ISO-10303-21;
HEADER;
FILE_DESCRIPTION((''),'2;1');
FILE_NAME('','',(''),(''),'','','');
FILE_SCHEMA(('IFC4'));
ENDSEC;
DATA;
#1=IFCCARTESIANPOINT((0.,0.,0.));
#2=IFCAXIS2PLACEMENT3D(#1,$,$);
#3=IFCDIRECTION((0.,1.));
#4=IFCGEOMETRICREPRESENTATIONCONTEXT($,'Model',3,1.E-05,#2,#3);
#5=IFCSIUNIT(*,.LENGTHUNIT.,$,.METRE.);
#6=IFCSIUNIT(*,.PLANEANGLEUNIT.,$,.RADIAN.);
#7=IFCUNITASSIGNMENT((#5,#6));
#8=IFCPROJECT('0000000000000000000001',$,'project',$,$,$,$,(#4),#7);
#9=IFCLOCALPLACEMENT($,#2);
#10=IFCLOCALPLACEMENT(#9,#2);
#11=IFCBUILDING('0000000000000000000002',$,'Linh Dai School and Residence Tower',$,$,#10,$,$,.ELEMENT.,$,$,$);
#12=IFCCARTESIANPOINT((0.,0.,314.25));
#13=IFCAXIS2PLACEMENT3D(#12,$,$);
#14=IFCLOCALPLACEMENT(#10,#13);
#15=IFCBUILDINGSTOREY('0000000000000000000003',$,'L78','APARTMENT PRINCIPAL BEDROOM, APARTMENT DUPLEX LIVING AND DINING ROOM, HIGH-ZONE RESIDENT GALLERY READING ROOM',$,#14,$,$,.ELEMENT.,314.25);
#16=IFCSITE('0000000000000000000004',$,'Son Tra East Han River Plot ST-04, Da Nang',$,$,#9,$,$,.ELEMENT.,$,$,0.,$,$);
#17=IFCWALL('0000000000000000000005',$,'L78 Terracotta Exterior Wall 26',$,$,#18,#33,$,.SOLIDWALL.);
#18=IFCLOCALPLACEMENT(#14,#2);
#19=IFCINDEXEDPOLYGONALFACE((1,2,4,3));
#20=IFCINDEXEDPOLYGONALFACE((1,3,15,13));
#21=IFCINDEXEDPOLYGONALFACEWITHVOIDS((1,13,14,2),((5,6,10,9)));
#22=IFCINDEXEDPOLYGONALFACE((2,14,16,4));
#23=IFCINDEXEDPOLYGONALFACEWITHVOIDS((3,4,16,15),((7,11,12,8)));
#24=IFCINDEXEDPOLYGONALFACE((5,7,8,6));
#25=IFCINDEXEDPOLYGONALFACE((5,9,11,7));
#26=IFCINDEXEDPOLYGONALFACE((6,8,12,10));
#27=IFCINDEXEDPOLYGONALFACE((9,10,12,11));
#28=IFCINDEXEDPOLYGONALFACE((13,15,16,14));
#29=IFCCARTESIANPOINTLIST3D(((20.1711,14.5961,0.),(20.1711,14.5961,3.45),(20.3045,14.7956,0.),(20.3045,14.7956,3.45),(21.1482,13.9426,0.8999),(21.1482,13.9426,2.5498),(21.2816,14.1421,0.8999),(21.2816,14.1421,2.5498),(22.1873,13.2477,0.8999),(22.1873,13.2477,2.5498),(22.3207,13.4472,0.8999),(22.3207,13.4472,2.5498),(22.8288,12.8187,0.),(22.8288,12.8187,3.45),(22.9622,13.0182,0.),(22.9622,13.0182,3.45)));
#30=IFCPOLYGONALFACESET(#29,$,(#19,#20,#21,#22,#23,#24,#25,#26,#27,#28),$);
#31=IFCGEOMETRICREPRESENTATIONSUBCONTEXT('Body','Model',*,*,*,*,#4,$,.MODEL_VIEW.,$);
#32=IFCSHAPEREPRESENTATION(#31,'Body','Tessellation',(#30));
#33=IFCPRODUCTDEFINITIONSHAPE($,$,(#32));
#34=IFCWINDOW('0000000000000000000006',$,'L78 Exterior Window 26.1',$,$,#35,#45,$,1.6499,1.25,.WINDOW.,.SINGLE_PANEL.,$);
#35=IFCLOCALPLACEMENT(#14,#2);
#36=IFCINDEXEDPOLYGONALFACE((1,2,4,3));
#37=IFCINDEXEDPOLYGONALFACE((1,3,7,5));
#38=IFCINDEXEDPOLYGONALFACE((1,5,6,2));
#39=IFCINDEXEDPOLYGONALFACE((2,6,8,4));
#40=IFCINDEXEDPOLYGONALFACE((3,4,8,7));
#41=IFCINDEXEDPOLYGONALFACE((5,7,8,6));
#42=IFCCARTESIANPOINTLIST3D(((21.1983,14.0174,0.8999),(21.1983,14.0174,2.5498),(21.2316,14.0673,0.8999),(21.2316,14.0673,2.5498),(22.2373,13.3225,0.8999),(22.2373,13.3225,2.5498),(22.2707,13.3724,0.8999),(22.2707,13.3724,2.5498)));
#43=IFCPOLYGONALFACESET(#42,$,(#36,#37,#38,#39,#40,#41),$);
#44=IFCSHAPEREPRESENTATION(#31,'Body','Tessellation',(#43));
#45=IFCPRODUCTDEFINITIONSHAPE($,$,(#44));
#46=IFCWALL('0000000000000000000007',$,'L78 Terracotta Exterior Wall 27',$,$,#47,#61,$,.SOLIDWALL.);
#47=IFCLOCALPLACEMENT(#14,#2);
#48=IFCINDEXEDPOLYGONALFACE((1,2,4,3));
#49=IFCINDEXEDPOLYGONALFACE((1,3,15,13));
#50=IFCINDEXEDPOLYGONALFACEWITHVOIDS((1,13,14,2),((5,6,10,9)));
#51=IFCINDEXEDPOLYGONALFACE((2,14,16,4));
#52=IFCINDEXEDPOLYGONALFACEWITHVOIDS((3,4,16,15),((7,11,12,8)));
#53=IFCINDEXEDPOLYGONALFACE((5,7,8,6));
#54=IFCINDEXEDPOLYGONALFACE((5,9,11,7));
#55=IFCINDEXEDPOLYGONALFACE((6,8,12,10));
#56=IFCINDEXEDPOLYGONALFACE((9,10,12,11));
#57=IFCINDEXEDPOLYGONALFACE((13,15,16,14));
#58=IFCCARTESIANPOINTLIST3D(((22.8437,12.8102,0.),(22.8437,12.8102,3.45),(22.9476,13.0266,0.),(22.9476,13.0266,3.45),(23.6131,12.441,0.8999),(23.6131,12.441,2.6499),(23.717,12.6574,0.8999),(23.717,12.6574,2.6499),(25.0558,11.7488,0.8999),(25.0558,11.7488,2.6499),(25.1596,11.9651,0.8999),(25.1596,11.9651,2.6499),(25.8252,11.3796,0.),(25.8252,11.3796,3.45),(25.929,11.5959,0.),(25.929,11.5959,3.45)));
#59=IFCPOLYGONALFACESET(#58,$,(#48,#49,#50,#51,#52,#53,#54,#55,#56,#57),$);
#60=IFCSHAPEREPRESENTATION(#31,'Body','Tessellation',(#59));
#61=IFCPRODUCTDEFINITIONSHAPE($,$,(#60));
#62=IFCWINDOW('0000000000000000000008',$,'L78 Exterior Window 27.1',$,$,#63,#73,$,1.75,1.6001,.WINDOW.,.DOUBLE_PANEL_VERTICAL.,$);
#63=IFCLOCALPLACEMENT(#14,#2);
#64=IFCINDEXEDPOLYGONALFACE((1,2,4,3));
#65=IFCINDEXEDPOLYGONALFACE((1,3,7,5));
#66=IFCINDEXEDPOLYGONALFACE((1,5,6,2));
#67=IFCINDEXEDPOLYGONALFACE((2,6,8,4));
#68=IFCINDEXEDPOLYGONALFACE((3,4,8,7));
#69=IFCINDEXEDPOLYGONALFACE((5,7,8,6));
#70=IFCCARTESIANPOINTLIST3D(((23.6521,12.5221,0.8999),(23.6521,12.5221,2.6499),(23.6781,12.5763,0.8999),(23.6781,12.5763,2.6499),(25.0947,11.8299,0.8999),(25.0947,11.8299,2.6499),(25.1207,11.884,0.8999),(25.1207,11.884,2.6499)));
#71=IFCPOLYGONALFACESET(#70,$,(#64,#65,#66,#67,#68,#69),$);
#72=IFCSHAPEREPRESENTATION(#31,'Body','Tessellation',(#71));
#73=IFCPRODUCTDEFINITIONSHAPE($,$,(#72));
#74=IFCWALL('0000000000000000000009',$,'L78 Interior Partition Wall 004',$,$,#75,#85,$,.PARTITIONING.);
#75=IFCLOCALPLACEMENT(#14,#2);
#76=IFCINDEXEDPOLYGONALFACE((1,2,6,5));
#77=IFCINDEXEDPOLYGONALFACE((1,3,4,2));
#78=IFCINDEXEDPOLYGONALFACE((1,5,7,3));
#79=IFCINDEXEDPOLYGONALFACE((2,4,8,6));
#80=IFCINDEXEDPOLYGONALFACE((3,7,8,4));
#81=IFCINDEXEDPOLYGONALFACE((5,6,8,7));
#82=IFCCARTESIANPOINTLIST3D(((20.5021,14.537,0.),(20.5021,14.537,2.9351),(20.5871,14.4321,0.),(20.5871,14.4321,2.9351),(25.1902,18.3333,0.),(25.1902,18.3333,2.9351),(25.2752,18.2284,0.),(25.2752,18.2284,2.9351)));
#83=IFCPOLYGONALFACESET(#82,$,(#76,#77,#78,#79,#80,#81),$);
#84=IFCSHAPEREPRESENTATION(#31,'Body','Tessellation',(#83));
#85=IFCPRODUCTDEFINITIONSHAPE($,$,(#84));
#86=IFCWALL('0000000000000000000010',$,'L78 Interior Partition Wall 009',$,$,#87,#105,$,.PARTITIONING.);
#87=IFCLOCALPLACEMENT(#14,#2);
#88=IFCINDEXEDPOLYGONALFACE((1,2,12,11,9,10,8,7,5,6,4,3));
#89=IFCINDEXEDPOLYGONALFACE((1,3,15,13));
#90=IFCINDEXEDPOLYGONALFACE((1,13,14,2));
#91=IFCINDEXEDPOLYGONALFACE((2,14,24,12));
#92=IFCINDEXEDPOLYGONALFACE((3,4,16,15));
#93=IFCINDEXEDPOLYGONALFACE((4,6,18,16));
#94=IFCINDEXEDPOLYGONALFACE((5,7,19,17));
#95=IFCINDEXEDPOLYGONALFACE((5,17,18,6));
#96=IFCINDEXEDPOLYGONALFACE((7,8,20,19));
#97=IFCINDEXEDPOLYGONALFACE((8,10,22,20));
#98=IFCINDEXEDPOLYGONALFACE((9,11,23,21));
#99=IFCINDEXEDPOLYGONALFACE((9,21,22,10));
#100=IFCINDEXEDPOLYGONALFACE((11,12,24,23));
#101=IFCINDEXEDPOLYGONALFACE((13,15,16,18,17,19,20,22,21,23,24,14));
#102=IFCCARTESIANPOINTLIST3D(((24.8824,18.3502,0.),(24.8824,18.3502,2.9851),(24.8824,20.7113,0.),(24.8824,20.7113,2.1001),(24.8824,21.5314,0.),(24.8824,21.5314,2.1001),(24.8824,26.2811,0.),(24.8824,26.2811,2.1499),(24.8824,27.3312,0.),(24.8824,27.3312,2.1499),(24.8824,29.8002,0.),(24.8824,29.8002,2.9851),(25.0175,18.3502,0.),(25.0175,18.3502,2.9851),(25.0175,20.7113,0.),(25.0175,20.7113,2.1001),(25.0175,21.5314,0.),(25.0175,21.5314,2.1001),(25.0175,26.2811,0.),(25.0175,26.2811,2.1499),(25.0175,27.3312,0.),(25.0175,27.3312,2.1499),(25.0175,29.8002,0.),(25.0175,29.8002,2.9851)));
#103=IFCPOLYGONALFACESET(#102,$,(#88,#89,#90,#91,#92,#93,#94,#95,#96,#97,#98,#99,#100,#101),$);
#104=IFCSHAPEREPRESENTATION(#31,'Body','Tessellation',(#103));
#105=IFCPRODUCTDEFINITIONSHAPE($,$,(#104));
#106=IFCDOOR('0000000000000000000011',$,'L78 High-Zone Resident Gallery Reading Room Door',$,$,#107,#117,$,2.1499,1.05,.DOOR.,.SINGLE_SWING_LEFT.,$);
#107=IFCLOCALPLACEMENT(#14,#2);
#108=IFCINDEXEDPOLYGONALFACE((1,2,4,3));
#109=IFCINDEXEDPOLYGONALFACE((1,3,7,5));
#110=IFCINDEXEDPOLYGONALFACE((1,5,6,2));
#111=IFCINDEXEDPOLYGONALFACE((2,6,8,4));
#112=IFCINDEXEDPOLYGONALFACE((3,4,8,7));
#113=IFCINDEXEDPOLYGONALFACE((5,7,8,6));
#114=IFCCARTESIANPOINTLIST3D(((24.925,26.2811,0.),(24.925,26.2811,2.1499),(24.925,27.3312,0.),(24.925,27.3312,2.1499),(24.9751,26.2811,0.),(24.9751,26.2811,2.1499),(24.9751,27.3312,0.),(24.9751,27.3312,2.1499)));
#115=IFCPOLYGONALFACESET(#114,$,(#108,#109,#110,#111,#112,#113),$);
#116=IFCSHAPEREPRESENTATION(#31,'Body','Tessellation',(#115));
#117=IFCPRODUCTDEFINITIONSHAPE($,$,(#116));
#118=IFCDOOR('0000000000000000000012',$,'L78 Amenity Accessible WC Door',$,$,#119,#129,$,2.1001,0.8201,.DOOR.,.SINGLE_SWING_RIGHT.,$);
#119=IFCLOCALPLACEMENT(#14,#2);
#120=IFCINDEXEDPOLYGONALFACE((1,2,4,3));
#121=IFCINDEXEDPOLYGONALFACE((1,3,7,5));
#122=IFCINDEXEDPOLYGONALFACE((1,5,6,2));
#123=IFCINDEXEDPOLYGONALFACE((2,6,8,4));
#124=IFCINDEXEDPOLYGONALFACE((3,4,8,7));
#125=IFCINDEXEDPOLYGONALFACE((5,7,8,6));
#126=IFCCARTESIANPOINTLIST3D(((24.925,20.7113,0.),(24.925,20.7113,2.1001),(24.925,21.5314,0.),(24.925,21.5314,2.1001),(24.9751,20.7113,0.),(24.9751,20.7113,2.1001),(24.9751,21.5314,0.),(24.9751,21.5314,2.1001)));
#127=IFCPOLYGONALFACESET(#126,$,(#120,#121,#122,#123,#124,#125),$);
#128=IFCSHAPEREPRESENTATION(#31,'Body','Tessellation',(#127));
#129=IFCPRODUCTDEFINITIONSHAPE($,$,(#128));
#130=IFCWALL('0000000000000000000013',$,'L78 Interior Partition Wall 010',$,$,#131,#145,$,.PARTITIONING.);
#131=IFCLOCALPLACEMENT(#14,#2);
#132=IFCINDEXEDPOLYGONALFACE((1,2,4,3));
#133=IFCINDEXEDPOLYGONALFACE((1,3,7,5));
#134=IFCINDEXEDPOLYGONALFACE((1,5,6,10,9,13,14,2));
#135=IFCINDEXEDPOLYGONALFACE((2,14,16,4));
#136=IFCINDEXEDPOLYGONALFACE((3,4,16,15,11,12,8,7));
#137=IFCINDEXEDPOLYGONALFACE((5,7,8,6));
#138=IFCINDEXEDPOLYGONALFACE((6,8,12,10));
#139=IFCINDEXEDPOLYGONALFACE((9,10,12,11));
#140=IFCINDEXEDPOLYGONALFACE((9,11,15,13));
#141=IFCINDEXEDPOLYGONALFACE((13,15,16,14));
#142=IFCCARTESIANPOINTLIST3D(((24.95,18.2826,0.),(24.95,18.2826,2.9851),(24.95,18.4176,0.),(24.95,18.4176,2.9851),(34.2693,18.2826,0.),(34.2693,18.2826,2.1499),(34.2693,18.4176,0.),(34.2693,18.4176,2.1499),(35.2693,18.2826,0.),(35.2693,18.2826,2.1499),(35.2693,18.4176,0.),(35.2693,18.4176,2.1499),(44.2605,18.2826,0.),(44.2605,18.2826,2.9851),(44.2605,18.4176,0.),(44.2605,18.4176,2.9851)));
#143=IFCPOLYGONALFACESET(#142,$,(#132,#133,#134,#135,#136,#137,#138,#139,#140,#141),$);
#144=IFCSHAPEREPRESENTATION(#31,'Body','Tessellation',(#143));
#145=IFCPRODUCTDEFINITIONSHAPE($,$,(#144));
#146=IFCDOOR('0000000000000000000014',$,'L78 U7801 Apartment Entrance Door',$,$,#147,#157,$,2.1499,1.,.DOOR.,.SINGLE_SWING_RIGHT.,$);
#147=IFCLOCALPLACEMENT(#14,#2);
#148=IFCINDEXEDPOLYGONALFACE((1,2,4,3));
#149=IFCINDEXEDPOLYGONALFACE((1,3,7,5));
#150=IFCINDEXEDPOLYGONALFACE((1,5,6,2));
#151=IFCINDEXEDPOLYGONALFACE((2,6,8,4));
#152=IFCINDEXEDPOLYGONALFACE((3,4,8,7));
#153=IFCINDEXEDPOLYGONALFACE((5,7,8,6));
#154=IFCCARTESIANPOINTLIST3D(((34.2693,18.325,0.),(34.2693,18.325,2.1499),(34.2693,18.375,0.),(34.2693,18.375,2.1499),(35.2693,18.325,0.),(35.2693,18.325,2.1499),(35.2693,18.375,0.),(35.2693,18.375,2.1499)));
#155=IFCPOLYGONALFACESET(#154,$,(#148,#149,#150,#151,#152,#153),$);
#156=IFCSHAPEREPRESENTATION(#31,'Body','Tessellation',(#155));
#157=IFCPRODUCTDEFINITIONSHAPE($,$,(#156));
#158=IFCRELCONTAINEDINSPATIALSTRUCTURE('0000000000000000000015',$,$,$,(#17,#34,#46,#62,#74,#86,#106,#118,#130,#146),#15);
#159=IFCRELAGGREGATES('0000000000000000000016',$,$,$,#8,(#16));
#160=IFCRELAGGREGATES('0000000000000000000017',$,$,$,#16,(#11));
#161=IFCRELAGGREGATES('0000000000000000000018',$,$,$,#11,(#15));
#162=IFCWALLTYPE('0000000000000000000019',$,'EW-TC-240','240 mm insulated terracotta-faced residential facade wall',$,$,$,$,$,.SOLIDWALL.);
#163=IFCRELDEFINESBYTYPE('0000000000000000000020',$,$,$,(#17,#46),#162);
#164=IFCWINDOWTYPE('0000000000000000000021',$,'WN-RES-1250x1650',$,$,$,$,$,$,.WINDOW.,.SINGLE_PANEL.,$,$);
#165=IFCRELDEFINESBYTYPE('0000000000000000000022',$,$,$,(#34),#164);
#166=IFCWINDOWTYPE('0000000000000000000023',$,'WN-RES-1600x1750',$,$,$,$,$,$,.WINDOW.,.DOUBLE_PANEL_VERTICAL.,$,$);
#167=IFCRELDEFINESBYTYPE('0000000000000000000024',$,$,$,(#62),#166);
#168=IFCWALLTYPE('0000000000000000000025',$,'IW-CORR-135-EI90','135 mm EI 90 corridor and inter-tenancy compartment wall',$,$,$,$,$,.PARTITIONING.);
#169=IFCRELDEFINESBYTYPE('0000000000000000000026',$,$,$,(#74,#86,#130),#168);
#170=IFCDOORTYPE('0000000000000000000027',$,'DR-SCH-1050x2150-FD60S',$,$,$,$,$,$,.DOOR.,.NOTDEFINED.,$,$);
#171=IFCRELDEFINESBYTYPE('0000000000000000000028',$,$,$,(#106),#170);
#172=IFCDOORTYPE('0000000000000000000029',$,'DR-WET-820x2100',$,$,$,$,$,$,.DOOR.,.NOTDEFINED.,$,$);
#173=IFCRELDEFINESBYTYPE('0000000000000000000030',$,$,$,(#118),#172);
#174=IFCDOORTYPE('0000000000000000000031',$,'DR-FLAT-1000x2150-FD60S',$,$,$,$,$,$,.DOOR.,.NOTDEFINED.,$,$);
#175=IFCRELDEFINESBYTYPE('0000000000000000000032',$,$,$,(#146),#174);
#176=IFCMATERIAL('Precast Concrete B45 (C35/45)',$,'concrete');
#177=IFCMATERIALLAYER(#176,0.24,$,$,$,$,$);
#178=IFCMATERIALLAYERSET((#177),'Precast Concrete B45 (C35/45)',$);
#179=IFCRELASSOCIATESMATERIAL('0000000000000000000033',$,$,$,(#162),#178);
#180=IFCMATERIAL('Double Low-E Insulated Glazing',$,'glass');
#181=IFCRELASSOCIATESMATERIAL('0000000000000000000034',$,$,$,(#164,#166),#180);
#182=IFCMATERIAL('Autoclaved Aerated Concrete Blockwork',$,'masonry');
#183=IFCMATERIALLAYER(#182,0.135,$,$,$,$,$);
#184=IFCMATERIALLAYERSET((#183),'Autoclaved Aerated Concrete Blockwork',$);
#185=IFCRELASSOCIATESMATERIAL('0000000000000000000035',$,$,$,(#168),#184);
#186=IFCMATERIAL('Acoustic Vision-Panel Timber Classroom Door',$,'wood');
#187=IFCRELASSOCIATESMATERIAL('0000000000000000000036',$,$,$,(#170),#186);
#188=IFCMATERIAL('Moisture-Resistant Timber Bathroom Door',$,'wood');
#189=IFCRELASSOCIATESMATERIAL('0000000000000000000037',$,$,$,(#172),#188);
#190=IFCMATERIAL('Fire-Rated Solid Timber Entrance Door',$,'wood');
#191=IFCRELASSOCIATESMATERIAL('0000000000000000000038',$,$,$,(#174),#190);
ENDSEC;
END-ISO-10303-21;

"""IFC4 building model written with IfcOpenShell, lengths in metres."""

from ifc_helpers import new_model, si_unit, direction, frame, frame_2d, origin, origin_2d, place, context, subcontext, project, spatial, rectangle, extrude, source, transform, mapped, material, layer, layer_set, type_object, element, fill, save


model = new_model("IFC4")

# Units and contexts
model_context = context("Model", 3, precision=1e-05, world=origin(), true_north=direction((0.0, 1.0)))
body_context = subcontext(model_context, "Body", "Model", "MODEL_VIEW")
ifc_project = project(units=[si_unit("LENGTHUNIT", "METRE"), si_unit("PLANEANGLEUNIT", "RADIAN")], contexts=[model_context])

# Site, building, storey
site_placement = place(None, origin())
site = spatial("IfcSite", under=ifc_project, at=site_placement, Name="Son Tra East Han River Plot ST-04, Da Nang", CompositionType="ELEMENT", RefElevation=0.0)
building_placement = place(site_placement, origin())
building = spatial("IfcBuilding", under=site, at=building_placement, Name="Linh Dai School and Residence Tower", CompositionType="ELEMENT")
storey_placement = place(building_placement, frame((0.0, 0.0, 314.25)))
storey = spatial("IfcBuildingStorey", under=building, at=storey_placement, Name="L78", Description="APARTMENT PRINCIPAL BEDROOM, APARTMENT DUPLEX LIVING AND DINING ROOM, HIGH-ZONE RESIDENT GALLERY READING ROOM", CompositionType="ELEMENT", Elevation=314.25)

# Shared definitions
ifc_material_1 = material(Name="Precast Concrete B45 (C35/45)", Category="concrete")
ifc_layer_1 = layer(ifc_material_1, 0.24)
ifc_layer_set_1 = layer_set([ifc_layer_1], Name="Precast Concrete B45 (C35/45)")
wall_type_1 = type_object("IfcWallType", Name="EW-TC-240", Description="240 mm insulated terracotta-faced residential facade wall", PredefinedType="SOLIDWALL", material=ifc_layer_set_1)

# Walls, openings, windows
wall_1_placement = place(storey_placement, frame((22.8955, 12.9185, 0.0), z_axis=(0.0, 0.0, 1.0), x_axis=(-0.831251, 0.555898, 0.0)))
wall_1 = element("IfcWall", 1, at=wall_1_placement, inside=storey, type_object=wall_type_1, Name="L78 Terracotta Exterior Wall 26", PredefinedType="SOLIDWALL", context=body_context, shape_type="SweptSolid", body=[
    extrude(rectangle(XDim=3.1973, YDim=0.24, at=frame_2d((1.5986, 0.0))), origin(), (0.0, 0.0, 1.0), 3.45),
])
opening_1_placement = place(wall_1_placement, frame((0.7717, 0.0, 0.8999)))
opening_1 = element("IfcOpeningElement", 2, at=opening_1_placement, cuts=wall_1, PredefinedType="OPENING", context=body_context, shape_type="SweptSolid", body=[
    extrude(rectangle(XDim=1.25, YDim=1.6499, at=origin_2d()), frame((0.625, 0.1299, 0.825), z_axis=(0.0, -1.0, 0.0), x_axis=(1.0, 0.0, 0.0)), (0.0, 0.0, 1.0), 0.26),
])
ifc_material_2 = material(Name="Double Low-E Insulated Glazing", Category="glass")
window_type_1 = type_object("IfcWindowType", Name="WN-RES-1250x1650", PartitioningType="SINGLE_PANEL", PredefinedType="WINDOW", material=ifc_material_2)
shared_shape_1 = source(origin(), body_context, "Body", "SweptSolid", [
    extrude(rectangle(XDim=1.25, YDim=1.6499, at=origin_2d()), frame((0.625, 0.03, 0.825), z_axis=(0.0, -1.0, 0.0), x_axis=(1.0, 0.0, 0.0)), (0.0, 0.0, 1.0), 0.0601),
])
window_1_placement = place(opening_1_placement, origin())
window_1 = element("IfcWindow", 3, at=window_1_placement, inside=storey, type_object=window_type_1, Name="L78 Exterior Window 26.1", OverallHeight=1.6499, OverallWidth=1.25, PartitioningType="SINGLE_PANEL", PredefinedType="WINDOW", context=body_context, shape_type="MappedRepresentation", body=[
    mapped(shared_shape_1, transform((0.0, 0.0, 0.0), x_axis=(1.0, 0.0, 0.0), y_axis=(0.0, 1.0, 0.0), z_axis=(0.0, 0.0, 1.0), scale=1.0)),
])
fill(opening_1, window_1)
wall_2_placement = place(storey_placement, frame((25.877, 11.4878, 0.0), z_axis=(0.0, 0.0, 1.0), x_axis=(-0.901574, 0.432625, 0.0)))
wall_2 = element("IfcWall", 4, at=wall_2_placement, inside=storey, type_object=wall_type_1, Name="L78 Terracotta Exterior Wall 27", PredefinedType="SOLIDWALL", context=body_context, shape_type="SweptSolid", body=[
    extrude(rectangle(XDim=3.3069, YDim=0.24, at=frame_2d((1.6533, 0.0))), origin(), (0.0, 0.0, 1.0), 3.45),
])
opening_2_placement = place(wall_2_placement, frame((0.8533, 0.0, 0.8999)))
opening_2 = element("IfcOpeningElement", 5, at=opening_2_placement, cuts=wall_2, PredefinedType="OPENING", context=body_context, shape_type="SweptSolid", body=[
    extrude(rectangle(XDim=1.6001, YDim=1.75, at=origin_2d()), frame((0.8, 0.1299, 0.875), z_axis=(0.0, -1.0, 0.0), x_axis=(1.0, 0.0, 0.0)), (0.0, 0.0, 1.0), 0.26),
])
window_type_2 = type_object("IfcWindowType", Name="WN-RES-1600x1750", PartitioningType="DOUBLE_PANEL_VERTICAL", PredefinedType="WINDOW", material=ifc_material_2)
shared_shape_2 = source(origin(), body_context, "Body", "SweptSolid", [
    extrude(rectangle(XDim=1.6001, YDim=1.75, at=origin_2d()), frame((0.8, 0.03, 0.875), z_axis=(0.0, -1.0, 0.0), x_axis=(1.0, 0.0, 0.0)), (0.0, 0.0, 1.0), 0.0601),
])
window_2_placement = place(opening_2_placement, origin())
window_2 = element("IfcWindow", 6, at=window_2_placement, inside=storey, type_object=window_type_2, Name="L78 Exterior Window 27.1", OverallHeight=1.75, OverallWidth=1.6001, PartitioningType="DOUBLE_PANEL_VERTICAL", PredefinedType="WINDOW", context=body_context, shape_type="MappedRepresentation", body=[
    mapped(shared_shape_2, transform((0.0, 0.0, 0.0), x_axis=(1.0, 0.0, 0.0), y_axis=(0.0, 1.0, 0.0), z_axis=(0.0, 0.0, 1.0), scale=1.0)),
])
fill(opening_2, window_2)

# Wall
ifc_material_3 = material(Name="Autoclaved Aerated Concrete Blockwork", Category="masonry")
ifc_layer_2 = layer(ifc_material_3, 0.135)
ifc_layer_set_2 = layer_set([ifc_layer_2], Name="Autoclaved Aerated Concrete Blockwork")
wall_type_2 = type_object("IfcWallType", Name="IW-CORR-135-EI90", Description="135 mm EI 90 corridor and inter-tenancy compartment wall", PredefinedType="PARTITIONING", material=ifc_layer_set_2)
wall_3_placement = place(storey_placement, frame((20.5447, 14.4846, 0.0), z_axis=(0.0, 0.0, 1.0), x_axis=(0.777152, 0.629313, 0.0)))
element("IfcWall", 7, at=wall_3_placement, inside=storey, type_object=wall_type_2, Name="L78 Interior Partition Wall 004", PredefinedType="PARTITIONING", context=body_context, shape_type="SweptSolid", body=[
    extrude(rectangle(XDim=6.0325, YDim=0.135, at=frame_2d((3.0161, 0.0))), origin(), (0.0, 0.0, 1.0), 2.9351),
])

# Wall, openings, doors
wall_4_placement = place(storey_placement, frame((24.95, 18.3501, 0.0), z_axis=(0.0, 0.0, 1.0), x_axis=(0.0, 1.0, 0.0)))
wall_4 = element("IfcWall", 8, at=wall_4_placement, inside=storey, type_object=wall_type_2, Name="L78 Interior Partition Wall 009", PredefinedType="PARTITIONING", context=body_context, shape_type="SweptSolid", body=[
    extrude(rectangle(XDim=11.45, YDim=0.135, at=frame_2d((5.7251, 0.0))), origin(), (0.0, 0.0, 1.0), 2.9851),
])
opening_3_placement = place(wall_4_placement, frame((7.9312, 0.0, 0.0)))
opening_3 = element("IfcOpeningElement", 9, at=opening_3_placement, cuts=wall_4, PredefinedType="OPENING", context=body_context, shape_type="SweptSolid", body=[
    extrude(rectangle(XDim=1.05, YDim=2.1499, at=origin_2d()), frame((0.5249, 0.0776, 1.075), z_axis=(0.0, -1.0, 0.0), x_axis=(1.0, 0.0, 0.0)), (0.0, 0.0, 1.0), 0.155),
])
opening_4_placement = place(wall_4_placement, frame((2.3611, 0.0, 0.0)))
opening_4 = element("IfcOpeningElement", 10, at=opening_4_placement, cuts=wall_4, PredefinedType="OPENING", context=body_context, shape_type="SweptSolid", body=[
    extrude(rectangle(XDim=0.8201, YDim=2.1001, at=origin_2d()), frame((0.4102, 0.0776, 1.05), z_axis=(0.0, -1.0, 0.0), x_axis=(1.0, 0.0, 0.0)), (0.0, 0.0, 1.0), 0.155),
])
ifc_material_4 = material(Name="Acoustic Vision-Panel Timber Classroom Door", Category="wood")
door_type_1 = type_object("IfcDoorType", Name="DR-SCH-1050x2150-FD60S", OperationType="NOTDEFINED", PredefinedType="DOOR", material=ifc_material_4)
shared_shape_3 = source(origin(), body_context, "Body", "SweptSolid", [
    extrude(rectangle(XDim=1.05, YDim=2.1499, at=origin_2d()), frame((0.5249, 0.0249, 1.075), z_axis=(0.0, -1.0, 0.0), x_axis=(1.0, 0.0, 0.0)), (0.0, 0.0, 1.0), 0.05),
])
door_1_placement = place(opening_3_placement, origin())
door_1 = element("IfcDoor", 11, at=door_1_placement, inside=storey, type_object=door_type_1, Name="L78 High-Zone Resident Gallery Reading Room Door", OperationType="SINGLE_SWING_LEFT", OverallHeight=2.1499, OverallWidth=1.05, PredefinedType="DOOR", context=body_context, shape_type="MappedRepresentation", body=[
    mapped(shared_shape_3, transform((0.0, 0.0, 0.0), x_axis=(1.0, 0.0, 0.0), y_axis=(0.0, 1.0, 0.0), z_axis=(0.0, 0.0, 1.0), scale=1.0)),
])
fill(opening_3, door_1)
ifc_material_5 = material(Name="Moisture-Resistant Timber Bathroom Door", Category="wood")
door_type_2 = type_object("IfcDoorType", Name="DR-WET-820x2100", OperationType="NOTDEFINED", PredefinedType="DOOR", material=ifc_material_5)
shared_shape_4 = source(origin(), body_context, "Body", "SweptSolid", [
    extrude(rectangle(XDim=0.8201, YDim=2.1001, at=origin_2d()), frame((0.4102, 0.0249, 1.05), z_axis=(0.0, -1.0, 0.0), x_axis=(1.0, 0.0, 0.0)), (0.0, 0.0, 1.0), 0.05),
])
door_2_placement = place(opening_4_placement, origin())
door_2 = element("IfcDoor", 12, at=door_2_placement, inside=storey, type_object=door_type_2, Name="L78 Amenity Accessible WC Door", OperationType="SINGLE_SWING_RIGHT", OverallHeight=2.1001, OverallWidth=0.8201, PredefinedType="DOOR", context=body_context, shape_type="MappedRepresentation", body=[
    mapped(shared_shape_4, transform((0.0, 0.0, 0.0), x_axis=(1.0, 0.0, 0.0), y_axis=(0.0, 1.0, 0.0), z_axis=(0.0, 0.0, 1.0), scale=1.0)),
])
fill(opening_4, door_2)

# Wall, opening, door
wall_5_placement = place(storey_placement, frame((24.95, 18.3501, 0.0), z_axis=(0.0, 0.0, 1.0), x_axis=(1.0, 0.0, 0.0)))
wall_5 = element("IfcWall", 13, at=wall_5_placement, inside=storey, type_object=wall_type_2, Name="L78 Interior Partition Wall 010", PredefinedType="PARTITIONING", context=body_context, shape_type="SweptSolid", body=[
    extrude(rectangle(XDim=19.3105, YDim=0.135, at=frame_2d((9.6553, 0.0))), origin(), (0.0, 0.0, 1.0), 2.9851),
])
opening_5_placement = place(wall_5_placement, frame((9.3193, 0.0, 0.0)))
opening_5 = element("IfcOpeningElement", 14, at=opening_5_placement, cuts=wall_5, PredefinedType="OPENING", context=body_context, shape_type="SweptSolid", body=[
    extrude(rectangle(XDim=1.0, YDim=2.1499, at=origin_2d()), frame((0.5, 0.0776, 1.075), z_axis=(0.0, -1.0, 0.0), x_axis=(1.0, 0.0, 0.0)), (0.0, 0.0, 1.0), 0.155),
])
ifc_material_6 = material(Name="Fire-Rated Solid Timber Entrance Door", Category="wood")
door_type_3 = type_object("IfcDoorType", Name="DR-FLAT-1000x2150-FD60S", OperationType="NOTDEFINED", PredefinedType="DOOR", material=ifc_material_6)
shared_shape_5 = source(origin(), body_context, "Body", "SweptSolid", [
    extrude(rectangle(XDim=1.0, YDim=2.1499, at=origin_2d()), frame((0.5, 0.0249, 1.075), z_axis=(0.0, -1.0, 0.0), x_axis=(1.0, 0.0, 0.0)), (0.0, 0.0, 1.0), 0.05),
])
door_3_placement = place(opening_5_placement, origin())
door_3 = element("IfcDoor", 15, at=door_3_placement, inside=storey, type_object=door_type_3, Name="L78 U7801 Apartment Entrance Door", OperationType="SINGLE_SWING_RIGHT", OverallHeight=2.1499, OverallWidth=1.0, PredefinedType="DOOR", context=body_context, shape_type="MappedRepresentation", body=[
    mapped(shared_shape_5, transform((0.0, 0.0, 0.0), x_axis=(1.0, 0.0, 0.0), y_axis=(0.0, 1.0, 0.0), z_axis=(0.0, 0.0, 1.0), scale=1.0)),
])
fill(opening_5, door_3)

save(model, "model.ifc")
